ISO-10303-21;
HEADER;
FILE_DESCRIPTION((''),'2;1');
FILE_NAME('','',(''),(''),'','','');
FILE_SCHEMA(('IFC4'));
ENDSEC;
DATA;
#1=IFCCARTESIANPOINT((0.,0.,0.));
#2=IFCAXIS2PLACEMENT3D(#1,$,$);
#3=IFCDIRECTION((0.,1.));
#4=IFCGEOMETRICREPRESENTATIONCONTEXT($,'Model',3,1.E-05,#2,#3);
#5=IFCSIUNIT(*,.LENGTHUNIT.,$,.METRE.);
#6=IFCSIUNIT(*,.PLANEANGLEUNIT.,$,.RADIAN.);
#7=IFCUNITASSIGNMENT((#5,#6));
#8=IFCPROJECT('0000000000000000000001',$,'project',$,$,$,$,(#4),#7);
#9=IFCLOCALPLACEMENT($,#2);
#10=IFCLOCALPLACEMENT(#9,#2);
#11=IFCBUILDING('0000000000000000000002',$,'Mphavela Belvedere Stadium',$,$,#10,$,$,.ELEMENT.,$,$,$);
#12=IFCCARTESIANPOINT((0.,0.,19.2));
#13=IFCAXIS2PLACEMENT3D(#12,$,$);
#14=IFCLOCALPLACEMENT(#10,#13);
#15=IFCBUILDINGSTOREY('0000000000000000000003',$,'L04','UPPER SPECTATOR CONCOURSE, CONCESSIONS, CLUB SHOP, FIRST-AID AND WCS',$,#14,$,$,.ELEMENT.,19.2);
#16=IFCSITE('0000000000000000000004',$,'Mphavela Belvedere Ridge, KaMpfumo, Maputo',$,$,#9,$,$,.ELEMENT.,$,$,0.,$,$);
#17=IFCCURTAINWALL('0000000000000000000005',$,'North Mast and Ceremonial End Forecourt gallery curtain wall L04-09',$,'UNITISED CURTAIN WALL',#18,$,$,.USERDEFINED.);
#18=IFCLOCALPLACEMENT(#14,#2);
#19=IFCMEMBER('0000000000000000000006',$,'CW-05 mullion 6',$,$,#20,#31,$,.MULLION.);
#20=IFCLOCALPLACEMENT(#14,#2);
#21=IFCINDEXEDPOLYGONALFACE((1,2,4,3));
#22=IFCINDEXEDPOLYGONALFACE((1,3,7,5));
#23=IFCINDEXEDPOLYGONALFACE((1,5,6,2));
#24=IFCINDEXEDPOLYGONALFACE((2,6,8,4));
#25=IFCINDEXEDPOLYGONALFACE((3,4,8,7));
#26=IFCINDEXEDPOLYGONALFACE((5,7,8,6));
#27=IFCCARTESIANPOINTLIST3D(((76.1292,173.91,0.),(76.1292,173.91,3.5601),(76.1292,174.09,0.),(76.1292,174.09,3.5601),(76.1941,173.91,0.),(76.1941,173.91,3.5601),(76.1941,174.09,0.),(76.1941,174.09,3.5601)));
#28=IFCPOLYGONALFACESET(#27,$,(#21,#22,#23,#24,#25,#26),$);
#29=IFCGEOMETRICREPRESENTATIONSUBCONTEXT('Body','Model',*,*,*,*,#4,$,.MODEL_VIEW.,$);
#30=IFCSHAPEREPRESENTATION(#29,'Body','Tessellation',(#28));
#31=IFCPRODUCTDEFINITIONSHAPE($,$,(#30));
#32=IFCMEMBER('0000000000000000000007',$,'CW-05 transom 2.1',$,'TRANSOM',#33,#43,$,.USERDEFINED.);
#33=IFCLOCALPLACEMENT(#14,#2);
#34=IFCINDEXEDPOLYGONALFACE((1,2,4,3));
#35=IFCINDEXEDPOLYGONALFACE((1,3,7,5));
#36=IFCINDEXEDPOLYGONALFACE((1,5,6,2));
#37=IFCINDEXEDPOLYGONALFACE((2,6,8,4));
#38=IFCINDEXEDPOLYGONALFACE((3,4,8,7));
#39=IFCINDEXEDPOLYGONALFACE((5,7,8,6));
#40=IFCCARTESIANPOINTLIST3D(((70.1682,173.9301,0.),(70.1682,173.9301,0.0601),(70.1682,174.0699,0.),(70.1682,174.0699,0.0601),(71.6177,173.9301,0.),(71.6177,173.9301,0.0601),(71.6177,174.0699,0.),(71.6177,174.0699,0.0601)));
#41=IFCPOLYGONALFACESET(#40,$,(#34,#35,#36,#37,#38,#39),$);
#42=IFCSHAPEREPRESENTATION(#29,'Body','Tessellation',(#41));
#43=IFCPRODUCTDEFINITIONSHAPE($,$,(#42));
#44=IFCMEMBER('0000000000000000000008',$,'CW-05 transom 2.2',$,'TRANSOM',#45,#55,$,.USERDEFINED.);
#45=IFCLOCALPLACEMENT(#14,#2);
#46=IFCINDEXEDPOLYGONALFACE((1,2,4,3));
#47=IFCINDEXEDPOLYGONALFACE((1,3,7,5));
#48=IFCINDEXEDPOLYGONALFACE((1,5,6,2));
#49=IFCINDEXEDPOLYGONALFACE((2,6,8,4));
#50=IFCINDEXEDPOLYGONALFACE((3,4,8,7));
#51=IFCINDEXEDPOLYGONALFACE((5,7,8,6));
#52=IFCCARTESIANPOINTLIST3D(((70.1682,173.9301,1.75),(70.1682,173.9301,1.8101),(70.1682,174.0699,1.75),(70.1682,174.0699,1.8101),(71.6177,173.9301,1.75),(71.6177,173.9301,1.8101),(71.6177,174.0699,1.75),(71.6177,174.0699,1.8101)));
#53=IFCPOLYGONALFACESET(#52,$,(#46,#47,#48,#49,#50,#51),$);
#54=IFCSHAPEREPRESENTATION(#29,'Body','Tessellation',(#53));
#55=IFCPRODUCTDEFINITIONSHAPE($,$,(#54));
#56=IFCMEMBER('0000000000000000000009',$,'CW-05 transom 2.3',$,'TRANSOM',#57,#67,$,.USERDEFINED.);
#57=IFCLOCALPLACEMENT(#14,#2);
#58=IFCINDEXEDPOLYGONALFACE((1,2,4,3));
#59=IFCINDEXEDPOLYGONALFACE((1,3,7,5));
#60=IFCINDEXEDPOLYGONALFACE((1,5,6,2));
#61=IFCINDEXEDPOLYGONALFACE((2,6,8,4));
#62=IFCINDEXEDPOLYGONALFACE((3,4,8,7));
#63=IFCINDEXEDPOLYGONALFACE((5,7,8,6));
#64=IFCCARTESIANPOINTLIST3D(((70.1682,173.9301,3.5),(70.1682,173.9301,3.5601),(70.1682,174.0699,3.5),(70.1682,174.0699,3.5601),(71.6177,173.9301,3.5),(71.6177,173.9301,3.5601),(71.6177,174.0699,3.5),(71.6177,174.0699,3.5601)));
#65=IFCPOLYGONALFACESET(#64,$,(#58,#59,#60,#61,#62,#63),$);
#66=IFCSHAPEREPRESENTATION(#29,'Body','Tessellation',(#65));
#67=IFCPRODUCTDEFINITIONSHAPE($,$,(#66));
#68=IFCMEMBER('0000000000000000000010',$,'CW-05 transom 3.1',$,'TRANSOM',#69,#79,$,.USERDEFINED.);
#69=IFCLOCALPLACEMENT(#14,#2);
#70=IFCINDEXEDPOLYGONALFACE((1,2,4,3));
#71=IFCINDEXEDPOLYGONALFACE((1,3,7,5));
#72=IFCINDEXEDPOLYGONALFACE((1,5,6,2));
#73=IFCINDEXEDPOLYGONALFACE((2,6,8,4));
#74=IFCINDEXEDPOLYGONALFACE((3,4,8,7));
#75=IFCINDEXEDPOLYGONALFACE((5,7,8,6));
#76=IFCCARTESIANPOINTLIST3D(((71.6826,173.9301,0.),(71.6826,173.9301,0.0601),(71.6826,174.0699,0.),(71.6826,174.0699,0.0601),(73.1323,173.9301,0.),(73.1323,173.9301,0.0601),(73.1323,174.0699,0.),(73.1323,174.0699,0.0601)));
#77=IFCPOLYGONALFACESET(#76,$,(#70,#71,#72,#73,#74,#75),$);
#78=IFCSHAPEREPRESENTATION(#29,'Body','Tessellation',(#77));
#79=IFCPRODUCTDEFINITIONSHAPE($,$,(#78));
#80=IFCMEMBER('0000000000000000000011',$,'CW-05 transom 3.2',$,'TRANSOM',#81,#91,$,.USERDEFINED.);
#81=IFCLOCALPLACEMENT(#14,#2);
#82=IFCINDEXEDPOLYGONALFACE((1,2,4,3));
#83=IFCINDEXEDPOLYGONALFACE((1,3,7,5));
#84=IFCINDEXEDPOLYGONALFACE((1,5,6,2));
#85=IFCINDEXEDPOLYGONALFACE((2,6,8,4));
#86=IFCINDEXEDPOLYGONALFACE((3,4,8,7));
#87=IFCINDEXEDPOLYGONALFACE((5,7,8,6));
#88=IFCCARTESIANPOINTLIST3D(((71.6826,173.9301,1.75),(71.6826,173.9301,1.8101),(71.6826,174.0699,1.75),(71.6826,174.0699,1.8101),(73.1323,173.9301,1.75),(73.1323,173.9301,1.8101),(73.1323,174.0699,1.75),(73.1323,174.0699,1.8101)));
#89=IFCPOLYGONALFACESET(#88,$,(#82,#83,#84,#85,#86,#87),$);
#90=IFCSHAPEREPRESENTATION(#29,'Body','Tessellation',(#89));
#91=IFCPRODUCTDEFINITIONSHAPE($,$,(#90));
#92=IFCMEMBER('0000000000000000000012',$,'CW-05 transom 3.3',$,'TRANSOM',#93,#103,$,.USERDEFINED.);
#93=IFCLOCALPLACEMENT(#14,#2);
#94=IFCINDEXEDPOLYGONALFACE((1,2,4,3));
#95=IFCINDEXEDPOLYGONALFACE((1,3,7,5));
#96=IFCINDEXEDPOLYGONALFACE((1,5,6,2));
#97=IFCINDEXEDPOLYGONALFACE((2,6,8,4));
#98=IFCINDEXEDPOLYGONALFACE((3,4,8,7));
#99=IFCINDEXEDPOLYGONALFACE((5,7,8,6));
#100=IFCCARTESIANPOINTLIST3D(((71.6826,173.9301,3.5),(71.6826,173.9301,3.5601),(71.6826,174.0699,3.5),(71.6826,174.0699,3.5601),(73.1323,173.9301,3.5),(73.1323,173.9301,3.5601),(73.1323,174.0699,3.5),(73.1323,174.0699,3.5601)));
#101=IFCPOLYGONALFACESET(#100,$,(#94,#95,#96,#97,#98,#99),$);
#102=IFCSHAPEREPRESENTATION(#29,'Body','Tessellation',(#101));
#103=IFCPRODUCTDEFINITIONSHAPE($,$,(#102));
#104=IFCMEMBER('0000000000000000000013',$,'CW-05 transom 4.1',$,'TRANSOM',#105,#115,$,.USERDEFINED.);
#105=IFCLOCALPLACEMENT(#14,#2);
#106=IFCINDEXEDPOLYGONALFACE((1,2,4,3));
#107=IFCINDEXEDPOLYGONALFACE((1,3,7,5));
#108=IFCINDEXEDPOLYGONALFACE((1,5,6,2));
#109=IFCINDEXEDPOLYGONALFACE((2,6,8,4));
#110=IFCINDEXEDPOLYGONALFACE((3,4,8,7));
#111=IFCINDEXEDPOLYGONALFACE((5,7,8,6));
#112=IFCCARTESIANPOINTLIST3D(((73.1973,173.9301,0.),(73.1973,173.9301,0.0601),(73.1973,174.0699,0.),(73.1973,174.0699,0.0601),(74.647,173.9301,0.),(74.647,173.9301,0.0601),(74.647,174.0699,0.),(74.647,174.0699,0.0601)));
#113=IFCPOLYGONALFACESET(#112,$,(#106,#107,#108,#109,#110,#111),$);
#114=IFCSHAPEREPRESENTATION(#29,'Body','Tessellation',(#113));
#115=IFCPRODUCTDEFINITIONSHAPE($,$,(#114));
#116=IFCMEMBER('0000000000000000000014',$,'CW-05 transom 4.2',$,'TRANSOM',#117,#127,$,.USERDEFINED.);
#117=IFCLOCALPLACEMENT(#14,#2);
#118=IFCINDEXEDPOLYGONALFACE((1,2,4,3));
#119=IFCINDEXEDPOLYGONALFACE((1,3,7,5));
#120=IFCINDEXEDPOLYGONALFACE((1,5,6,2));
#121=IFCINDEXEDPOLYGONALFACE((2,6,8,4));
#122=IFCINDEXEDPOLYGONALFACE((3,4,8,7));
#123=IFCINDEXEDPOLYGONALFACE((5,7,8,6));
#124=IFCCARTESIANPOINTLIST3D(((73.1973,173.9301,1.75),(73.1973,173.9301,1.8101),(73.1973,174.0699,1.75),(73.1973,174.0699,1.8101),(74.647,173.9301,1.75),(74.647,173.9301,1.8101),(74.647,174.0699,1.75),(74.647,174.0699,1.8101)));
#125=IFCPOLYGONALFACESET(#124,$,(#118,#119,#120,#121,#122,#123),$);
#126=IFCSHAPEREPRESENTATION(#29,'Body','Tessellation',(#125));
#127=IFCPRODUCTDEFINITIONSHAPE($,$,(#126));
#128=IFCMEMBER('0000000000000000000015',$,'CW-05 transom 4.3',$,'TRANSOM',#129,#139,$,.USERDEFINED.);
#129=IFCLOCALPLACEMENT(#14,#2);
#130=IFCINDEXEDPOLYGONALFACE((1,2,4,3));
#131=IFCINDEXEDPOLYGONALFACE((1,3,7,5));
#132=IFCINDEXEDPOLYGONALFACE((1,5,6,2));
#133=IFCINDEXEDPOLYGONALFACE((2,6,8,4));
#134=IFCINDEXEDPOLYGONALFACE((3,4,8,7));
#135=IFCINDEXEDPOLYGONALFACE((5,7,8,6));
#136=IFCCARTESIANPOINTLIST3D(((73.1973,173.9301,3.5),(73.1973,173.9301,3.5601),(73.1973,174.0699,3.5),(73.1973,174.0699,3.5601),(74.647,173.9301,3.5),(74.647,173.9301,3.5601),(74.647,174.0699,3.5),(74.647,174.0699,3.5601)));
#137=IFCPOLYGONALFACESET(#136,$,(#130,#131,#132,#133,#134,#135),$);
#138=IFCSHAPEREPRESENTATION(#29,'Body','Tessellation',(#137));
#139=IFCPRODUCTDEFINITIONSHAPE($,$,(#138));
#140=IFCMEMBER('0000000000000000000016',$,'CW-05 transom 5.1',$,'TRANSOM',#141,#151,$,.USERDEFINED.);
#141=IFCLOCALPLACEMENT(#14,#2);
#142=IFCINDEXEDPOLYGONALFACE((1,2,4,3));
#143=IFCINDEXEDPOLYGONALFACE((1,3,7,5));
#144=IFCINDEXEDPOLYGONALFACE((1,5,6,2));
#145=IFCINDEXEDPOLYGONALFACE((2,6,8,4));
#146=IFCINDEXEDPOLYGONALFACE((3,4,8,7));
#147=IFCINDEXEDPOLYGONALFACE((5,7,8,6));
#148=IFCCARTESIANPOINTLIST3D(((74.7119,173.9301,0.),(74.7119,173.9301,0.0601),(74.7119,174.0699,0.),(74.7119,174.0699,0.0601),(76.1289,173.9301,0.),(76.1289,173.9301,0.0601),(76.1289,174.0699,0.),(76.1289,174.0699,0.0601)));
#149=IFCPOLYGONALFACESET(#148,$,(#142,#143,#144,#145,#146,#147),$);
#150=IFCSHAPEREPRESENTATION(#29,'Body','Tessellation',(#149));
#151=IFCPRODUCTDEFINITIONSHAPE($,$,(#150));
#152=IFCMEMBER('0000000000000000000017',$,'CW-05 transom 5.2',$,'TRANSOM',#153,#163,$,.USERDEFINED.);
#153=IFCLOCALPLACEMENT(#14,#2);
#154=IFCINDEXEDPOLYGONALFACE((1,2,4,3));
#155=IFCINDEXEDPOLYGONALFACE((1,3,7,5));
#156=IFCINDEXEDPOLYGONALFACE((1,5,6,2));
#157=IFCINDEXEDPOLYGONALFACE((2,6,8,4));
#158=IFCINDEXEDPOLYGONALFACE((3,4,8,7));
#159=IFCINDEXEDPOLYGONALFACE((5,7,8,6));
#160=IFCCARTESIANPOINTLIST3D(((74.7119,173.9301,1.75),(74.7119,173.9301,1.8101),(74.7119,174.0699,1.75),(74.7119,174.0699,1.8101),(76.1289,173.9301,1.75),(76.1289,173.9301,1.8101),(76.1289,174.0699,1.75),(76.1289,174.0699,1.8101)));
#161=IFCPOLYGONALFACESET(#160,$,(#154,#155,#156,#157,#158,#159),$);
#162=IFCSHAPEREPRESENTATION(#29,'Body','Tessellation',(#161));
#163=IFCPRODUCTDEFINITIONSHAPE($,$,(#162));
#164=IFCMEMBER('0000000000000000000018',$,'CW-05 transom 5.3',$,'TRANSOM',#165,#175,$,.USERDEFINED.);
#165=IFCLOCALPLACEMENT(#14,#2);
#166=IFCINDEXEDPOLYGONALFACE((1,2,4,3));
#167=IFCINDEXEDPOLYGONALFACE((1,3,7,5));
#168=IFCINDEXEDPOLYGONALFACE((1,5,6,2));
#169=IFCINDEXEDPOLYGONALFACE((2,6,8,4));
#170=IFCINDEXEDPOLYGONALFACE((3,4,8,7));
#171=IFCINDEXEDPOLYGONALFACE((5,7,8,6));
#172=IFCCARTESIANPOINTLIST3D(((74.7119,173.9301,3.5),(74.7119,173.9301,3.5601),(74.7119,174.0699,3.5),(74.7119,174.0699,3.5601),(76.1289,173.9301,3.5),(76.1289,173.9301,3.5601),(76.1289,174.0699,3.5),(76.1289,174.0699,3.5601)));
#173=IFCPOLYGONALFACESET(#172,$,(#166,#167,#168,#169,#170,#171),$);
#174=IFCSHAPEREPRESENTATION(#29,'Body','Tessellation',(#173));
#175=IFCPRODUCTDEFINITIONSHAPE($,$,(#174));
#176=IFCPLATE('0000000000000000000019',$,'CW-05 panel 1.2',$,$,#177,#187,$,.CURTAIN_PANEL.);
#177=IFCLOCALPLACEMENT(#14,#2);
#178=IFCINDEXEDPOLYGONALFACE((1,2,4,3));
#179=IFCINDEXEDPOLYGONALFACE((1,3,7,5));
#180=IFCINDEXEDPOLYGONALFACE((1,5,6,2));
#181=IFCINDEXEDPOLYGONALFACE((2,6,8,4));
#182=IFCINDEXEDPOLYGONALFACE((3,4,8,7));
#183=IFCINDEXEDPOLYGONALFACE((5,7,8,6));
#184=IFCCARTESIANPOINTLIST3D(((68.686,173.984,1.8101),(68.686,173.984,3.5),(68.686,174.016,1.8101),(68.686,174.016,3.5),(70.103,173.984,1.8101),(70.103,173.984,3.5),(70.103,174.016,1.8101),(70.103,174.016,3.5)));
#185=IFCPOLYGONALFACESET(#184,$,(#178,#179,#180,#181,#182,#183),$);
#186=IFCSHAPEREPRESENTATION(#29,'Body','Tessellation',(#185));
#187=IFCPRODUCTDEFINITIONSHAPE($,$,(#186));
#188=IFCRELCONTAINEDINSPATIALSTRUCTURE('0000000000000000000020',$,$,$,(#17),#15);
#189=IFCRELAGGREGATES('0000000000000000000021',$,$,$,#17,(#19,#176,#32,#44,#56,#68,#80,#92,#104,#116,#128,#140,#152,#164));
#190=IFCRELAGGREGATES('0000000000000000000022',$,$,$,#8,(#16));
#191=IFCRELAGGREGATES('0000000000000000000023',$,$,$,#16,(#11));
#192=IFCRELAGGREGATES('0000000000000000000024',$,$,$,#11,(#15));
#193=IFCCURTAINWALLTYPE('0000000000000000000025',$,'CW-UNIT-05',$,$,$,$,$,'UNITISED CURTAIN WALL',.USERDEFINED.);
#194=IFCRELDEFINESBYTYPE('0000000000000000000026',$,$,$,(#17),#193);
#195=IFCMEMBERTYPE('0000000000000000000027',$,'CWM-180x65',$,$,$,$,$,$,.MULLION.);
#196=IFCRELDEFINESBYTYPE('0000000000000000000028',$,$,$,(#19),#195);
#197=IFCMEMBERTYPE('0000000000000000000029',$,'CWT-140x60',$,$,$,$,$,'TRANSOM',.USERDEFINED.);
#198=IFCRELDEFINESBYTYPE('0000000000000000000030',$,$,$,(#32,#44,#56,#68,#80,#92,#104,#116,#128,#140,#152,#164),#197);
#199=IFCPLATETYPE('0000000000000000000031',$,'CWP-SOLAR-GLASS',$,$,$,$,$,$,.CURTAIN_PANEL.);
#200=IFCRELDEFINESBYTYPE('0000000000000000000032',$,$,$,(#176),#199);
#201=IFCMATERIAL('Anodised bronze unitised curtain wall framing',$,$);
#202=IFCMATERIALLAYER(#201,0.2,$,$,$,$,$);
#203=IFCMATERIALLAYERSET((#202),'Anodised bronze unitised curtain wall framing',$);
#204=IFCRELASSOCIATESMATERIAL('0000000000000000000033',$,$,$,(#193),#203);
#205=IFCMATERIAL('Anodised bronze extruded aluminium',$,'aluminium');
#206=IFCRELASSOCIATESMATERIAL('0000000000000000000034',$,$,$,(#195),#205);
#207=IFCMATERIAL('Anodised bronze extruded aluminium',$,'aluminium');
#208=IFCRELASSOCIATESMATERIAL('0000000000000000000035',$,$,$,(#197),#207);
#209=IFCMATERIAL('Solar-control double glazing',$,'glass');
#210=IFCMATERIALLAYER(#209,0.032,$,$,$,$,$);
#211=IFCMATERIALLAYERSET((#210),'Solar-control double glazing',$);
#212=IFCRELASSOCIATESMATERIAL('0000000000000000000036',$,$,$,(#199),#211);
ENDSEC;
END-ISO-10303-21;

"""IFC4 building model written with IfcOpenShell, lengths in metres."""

from ifc_helpers import new_model, si_unit, direction, frame, origin, origin_2d, place, context, subcontext, project, spatial, rectangle, extrude, material, layer, layer_set, material_profile, profile_set, type_object, element, aggregate, save


model = new_model("IFC4")

# Units and contexts
model_context = context("Model", 3, precision=1e-05, world=origin(), true_north=direction((0.0, 1.0)))
body_context = subcontext(model_context, "Body", "Model", "MODEL_VIEW")
ifc_project = project(units=[si_unit("LENGTHUNIT", "METRE"), si_unit("PLANEANGLEUNIT", "RADIAN")], contexts=[model_context])

# Site, building, storey
site_placement = place(None, origin())
site = spatial("IfcSite", under=ifc_project, at=site_placement, Name="Mphavela Belvedere Ridge, KaMpfumo, Maputo", CompositionType="ELEMENT", RefElevation=0.0)
building_placement = place(site_placement, origin())
building = spatial("IfcBuilding", under=site, at=building_placement, Name="Mphavela Belvedere Stadium", CompositionType="ELEMENT")
storey_placement = place(building_placement, frame((0.0, 0.0, 19.2)))
storey = spatial("IfcBuildingStorey", under=building, at=storey_placement, Name="L04", Description="UPPER SPECTATOR CONCOURSE, CONCESSIONS, CLUB SHOP, FIRST-AID AND WCS", CompositionType="ELEMENT", Elevation=19.2)

# Curtain wall, members, plate
ifc_material_1 = material(Name="Anodised bronze unitised curtain wall framing")
ifc_layer_1 = layer(ifc_material_1, 0.2)
ifc_layer_set_1 = layer_set([ifc_layer_1], Name="Anodised bronze unitised curtain wall framing")
curtain_wall_type = type_object("IfcCurtainWallType", Name="CW-UNIT-05", ElementType="UNITISED CURTAIN WALL", PredefinedType="USERDEFINED", material=ifc_layer_set_1)
curtain_wall_placement = place(storey_placement, origin())
curtain_wall = element("IfcCurtainWall", 1, at=curtain_wall_placement, inside=storey, type_object=curtain_wall_type, Name="North Mast and Ceremonial End Forecourt gallery curtain wall L04-09", ObjectType="UNITISED CURTAIN WALL", PredefinedType="USERDEFINED")
ifc_material_2 = material(Name="Anodised bronze extruded aluminium", Category="aluminium")
ifc_material_profile_1 = material_profile(ifc_material_2, rectangle(XDim=0.1799, YDim=0.0649, at=origin_2d()), Name="CW-MUL 180x65")
ifc_profile_set_1 = profile_set([ifc_material_profile_1], Name="Anodised bronze extruded aluminium")
member_type_1 = type_object("IfcMemberType", Name="CWM-180x65", PredefinedType="MULLION", material=ifc_profile_set_1)
member_1_placement = place(storey_placement, frame((76.1616, 174.0, 0.0), z_axis=(0.0, 0.0, 1.0), x_axis=(0.0, 1.0, 0.0)))
member_1 = element("IfcMember", 2, at=member_1_placement, type_object=member_type_1, Name="CW-05 mullion 6", PredefinedType="MULLION", context=body_context, shape_type="SweptSolid", body=[
    extrude(rectangle(XDim=0.1799, YDim=0.0649, at=origin_2d()), origin(), (0.0, 0.0, 1.0), 3.5601),
])
ifc_material_3 = material(Name="Anodised bronze extruded aluminium", Category="aluminium")
ifc_material_profile_2 = material_profile(ifc_material_3, rectangle(XDim=0.1399, YDim=0.0601, at=origin_2d()), Name="CW-TRN 140x60")
ifc_profile_set_2 = profile_set([ifc_material_profile_2], Name="Anodised bronze extruded aluminium")
member_type_2 = type_object("IfcMemberType", Name="CWT-140x60", ElementType="TRANSOM", PredefinedType="USERDEFINED", material=ifc_profile_set_2)
member_2_placement = place(storey_placement, frame((70.1682, 174.0, 0.03), z_axis=(1.0, 0.0, 0.0), x_axis=(0.0, 1.0, 0.0)))
member_2 = element("IfcMember", 3, at=member_2_placement, type_object=member_type_2, Name="CW-05 transom 2.1", ObjectType="TRANSOM", PredefinedType="USERDEFINED", context=body_context, shape_type="SweptSolid", body=[
    extrude(rectangle(XDim=0.1399, YDim=0.0601, at=origin_2d()), origin(), (0.0, 0.0, 1.0), 1.4495),
])
member_3_placement = place(storey_placement, frame((70.1682, 174.0, 1.78), z_axis=(1.0, 0.0, 0.0), x_axis=(0.0, 1.0, 0.0)))
member_3 = element("IfcMember", 4, at=member_3_placement, type_object=member_type_2, Name="CW-05 transom 2.2", ObjectType="TRANSOM", PredefinedType="USERDEFINED", context=body_context, shape_type="SweptSolid", body=[
    extrude(rectangle(XDim=0.1399, YDim=0.0601, at=origin_2d()), origin(), (0.0, 0.0, 1.0), 1.4495),
])
member_4_placement = place(storey_placement, frame((70.1682, 174.0, 3.53), z_axis=(1.0, 0.0, 0.0), x_axis=(0.0, 1.0, 0.0)))
member_4 = element("IfcMember", 5, at=member_4_placement, type_object=member_type_2, Name="CW-05 transom 2.3", ObjectType="TRANSOM", PredefinedType="USERDEFINED", context=body_context, shape_type="SweptSolid", body=[
    extrude(rectangle(XDim=0.1399, YDim=0.0601, at=origin_2d()), origin(), (0.0, 0.0, 1.0), 1.4495),
])
member_5_placement = place(storey_placement, frame((71.6826, 174.0, 0.03), z_axis=(1.0, 0.0, 0.0), x_axis=(0.0, 1.0, 0.0)))
member_5 = element("IfcMember", 6, at=member_5_placement, type_object=member_type_2, Name="CW-05 transom 3.1", ObjectType="TRANSOM", PredefinedType="USERDEFINED", context=body_context, shape_type="SweptSolid", body=[
    extrude(rectangle(XDim=0.1399, YDim=0.0601, at=origin_2d()), origin(), (0.0, 0.0, 1.0), 1.4497),
])
member_6_placement = place(storey_placement, frame((71.6826, 174.0, 1.78), z_axis=(1.0, 0.0, 0.0), x_axis=(0.0, 1.0, 0.0)))
member_6 = element("IfcMember", 7, at=member_6_placement, type_object=member_type_2, Name="CW-05 transom 3.2", ObjectType="TRANSOM", PredefinedType="USERDEFINED", context=body_context, shape_type="SweptSolid", body=[
    extrude(rectangle(XDim=0.1399, YDim=0.0601, at=origin_2d()), origin(), (0.0, 0.0, 1.0), 1.4497),
])
member_7_placement = place(storey_placement, frame((71.6826, 174.0, 3.53), z_axis=(1.0, 0.0, 0.0), x_axis=(0.0, 1.0, 0.0)))
member_7 = element("IfcMember", 8, at=member_7_placement, type_object=member_type_2, Name="CW-05 transom 3.3", ObjectType="TRANSOM", PredefinedType="USERDEFINED", context=body_context, shape_type="SweptSolid", body=[
    extrude(rectangle(XDim=0.1399, YDim=0.0601, at=origin_2d()), origin(), (0.0, 0.0, 1.0), 1.4497),
])
member_8_placement = place(storey_placement, frame((73.1973, 174.0, 0.03), z_axis=(1.0, 0.0, 0.0), x_axis=(0.0, 1.0, 0.0)))
member_8 = element("IfcMember", 9, at=member_8_placement, type_object=member_type_2, Name="CW-05 transom 4.1", ObjectType="TRANSOM", PredefinedType="USERDEFINED", context=body_context, shape_type="SweptSolid", body=[
    extrude(rectangle(XDim=0.1399, YDim=0.0601, at=origin_2d()), origin(), (0.0, 0.0, 1.0), 1.4497),
])
member_9_placement = place(storey_placement, frame((73.1973, 174.0, 1.78), z_axis=(1.0, 0.0, 0.0), x_axis=(0.0, 1.0, 0.0)))
member_9 = element("IfcMember", 10, at=member_9_placement, type_object=member_type_2, Name="CW-05 transom 4.2", ObjectType="TRANSOM", PredefinedType="USERDEFINED", context=body_context, shape_type="SweptSolid", body=[
    extrude(rectangle(XDim=0.1399, YDim=0.0601, at=origin_2d()), origin(), (0.0, 0.0, 1.0), 1.4497),
])
member_10_placement = place(storey_placement, frame((73.1973, 174.0, 3.53), z_axis=(1.0, 0.0, 0.0), x_axis=(0.0, 1.0, 0.0)))
member_10 = element("IfcMember", 11, at=member_10_placement, type_object=member_type_2, Name="CW-05 transom 4.3", ObjectType="TRANSOM", PredefinedType="USERDEFINED", context=body_context, shape_type="SweptSolid", body=[
    extrude(rectangle(XDim=0.1399, YDim=0.0601, at=origin_2d()), origin(), (0.0, 0.0, 1.0), 1.4497),
])
member_11_placement = place(storey_placement, frame((74.7119, 174.0, 0.03), z_axis=(1.0, 0.0, 0.0), x_axis=(0.0, 1.0, 0.0)))
member_11 = element("IfcMember", 12, at=member_11_placement, type_object=member_type_2, Name="CW-05 transom 5.1", ObjectType="TRANSOM", PredefinedType="USERDEFINED", context=body_context, shape_type="SweptSolid", body=[
    extrude(rectangle(XDim=0.1399, YDim=0.0601, at=origin_2d()), origin(), (0.0, 0.0, 1.0), 1.417),
])
member_12_placement = place(storey_placement, frame((74.7119, 174.0, 1.78), z_axis=(1.0, 0.0, 0.0), x_axis=(0.0, 1.0, 0.0)))
member_12 = element("IfcMember", 13, at=member_12_placement, type_object=member_type_2, Name="CW-05 transom 5.2", ObjectType="TRANSOM", PredefinedType="USERDEFINED", context=body_context, shape_type="SweptSolid", body=[
    extrude(rectangle(XDim=0.1399, YDim=0.0601, at=origin_2d()), origin(), (0.0, 0.0, 1.0), 1.417),
])
member_13_placement = place(storey_placement, frame((74.7119, 174.0, 3.53), z_axis=(1.0, 0.0, 0.0), x_axis=(0.0, 1.0, 0.0)))
member_13 = element("IfcMember", 14, at=member_13_placement, type_object=member_type_2, Name="CW-05 transom 5.3", ObjectType="TRANSOM", PredefinedType="USERDEFINED", context=body_context, shape_type="SweptSolid", body=[
    extrude(rectangle(XDim=0.1399, YDim=0.0601, at=origin_2d()), origin(), (0.0, 0.0, 1.0), 1.417),
])
ifc_material_4 = material(Name="Solar-control double glazing", Category="glass")
ifc_layer_2 = layer(ifc_material_4, 0.032)
ifc_layer_set_2 = layer_set([ifc_layer_2], Name="Solar-control double glazing")
plate_type = type_object("IfcPlateType", Name="CWP-SOLAR-GLASS", PredefinedType="CURTAIN_PANEL", material=ifc_layer_set_2)
plate_1_placement = place(storey_placement, frame((69.3945, 174.0, 1.8101), z_axis=(0.0, 0.0, 1.0), x_axis=(1.0, 0.0, 0.0)))
plate_1 = element("IfcPlate", 15, at=plate_1_placement, type_object=plate_type, Name="CW-05 panel 1.2", PredefinedType="CURTAIN_PANEL", context=body_context, shape_type="SweptSolid", body=[
    extrude(rectangle(XDim=1.417, YDim=0.032, at=origin_2d()), origin(), (0.0, 0.0, 1.0), 1.6899),
])
aggregate(curtain_wall, [member_1, plate_1, member_2, member_3, member_4, member_5, member_6, member_7, member_8, member_9, member_10, member_11, member_12, member_13])

save(model, "model.ifc")
